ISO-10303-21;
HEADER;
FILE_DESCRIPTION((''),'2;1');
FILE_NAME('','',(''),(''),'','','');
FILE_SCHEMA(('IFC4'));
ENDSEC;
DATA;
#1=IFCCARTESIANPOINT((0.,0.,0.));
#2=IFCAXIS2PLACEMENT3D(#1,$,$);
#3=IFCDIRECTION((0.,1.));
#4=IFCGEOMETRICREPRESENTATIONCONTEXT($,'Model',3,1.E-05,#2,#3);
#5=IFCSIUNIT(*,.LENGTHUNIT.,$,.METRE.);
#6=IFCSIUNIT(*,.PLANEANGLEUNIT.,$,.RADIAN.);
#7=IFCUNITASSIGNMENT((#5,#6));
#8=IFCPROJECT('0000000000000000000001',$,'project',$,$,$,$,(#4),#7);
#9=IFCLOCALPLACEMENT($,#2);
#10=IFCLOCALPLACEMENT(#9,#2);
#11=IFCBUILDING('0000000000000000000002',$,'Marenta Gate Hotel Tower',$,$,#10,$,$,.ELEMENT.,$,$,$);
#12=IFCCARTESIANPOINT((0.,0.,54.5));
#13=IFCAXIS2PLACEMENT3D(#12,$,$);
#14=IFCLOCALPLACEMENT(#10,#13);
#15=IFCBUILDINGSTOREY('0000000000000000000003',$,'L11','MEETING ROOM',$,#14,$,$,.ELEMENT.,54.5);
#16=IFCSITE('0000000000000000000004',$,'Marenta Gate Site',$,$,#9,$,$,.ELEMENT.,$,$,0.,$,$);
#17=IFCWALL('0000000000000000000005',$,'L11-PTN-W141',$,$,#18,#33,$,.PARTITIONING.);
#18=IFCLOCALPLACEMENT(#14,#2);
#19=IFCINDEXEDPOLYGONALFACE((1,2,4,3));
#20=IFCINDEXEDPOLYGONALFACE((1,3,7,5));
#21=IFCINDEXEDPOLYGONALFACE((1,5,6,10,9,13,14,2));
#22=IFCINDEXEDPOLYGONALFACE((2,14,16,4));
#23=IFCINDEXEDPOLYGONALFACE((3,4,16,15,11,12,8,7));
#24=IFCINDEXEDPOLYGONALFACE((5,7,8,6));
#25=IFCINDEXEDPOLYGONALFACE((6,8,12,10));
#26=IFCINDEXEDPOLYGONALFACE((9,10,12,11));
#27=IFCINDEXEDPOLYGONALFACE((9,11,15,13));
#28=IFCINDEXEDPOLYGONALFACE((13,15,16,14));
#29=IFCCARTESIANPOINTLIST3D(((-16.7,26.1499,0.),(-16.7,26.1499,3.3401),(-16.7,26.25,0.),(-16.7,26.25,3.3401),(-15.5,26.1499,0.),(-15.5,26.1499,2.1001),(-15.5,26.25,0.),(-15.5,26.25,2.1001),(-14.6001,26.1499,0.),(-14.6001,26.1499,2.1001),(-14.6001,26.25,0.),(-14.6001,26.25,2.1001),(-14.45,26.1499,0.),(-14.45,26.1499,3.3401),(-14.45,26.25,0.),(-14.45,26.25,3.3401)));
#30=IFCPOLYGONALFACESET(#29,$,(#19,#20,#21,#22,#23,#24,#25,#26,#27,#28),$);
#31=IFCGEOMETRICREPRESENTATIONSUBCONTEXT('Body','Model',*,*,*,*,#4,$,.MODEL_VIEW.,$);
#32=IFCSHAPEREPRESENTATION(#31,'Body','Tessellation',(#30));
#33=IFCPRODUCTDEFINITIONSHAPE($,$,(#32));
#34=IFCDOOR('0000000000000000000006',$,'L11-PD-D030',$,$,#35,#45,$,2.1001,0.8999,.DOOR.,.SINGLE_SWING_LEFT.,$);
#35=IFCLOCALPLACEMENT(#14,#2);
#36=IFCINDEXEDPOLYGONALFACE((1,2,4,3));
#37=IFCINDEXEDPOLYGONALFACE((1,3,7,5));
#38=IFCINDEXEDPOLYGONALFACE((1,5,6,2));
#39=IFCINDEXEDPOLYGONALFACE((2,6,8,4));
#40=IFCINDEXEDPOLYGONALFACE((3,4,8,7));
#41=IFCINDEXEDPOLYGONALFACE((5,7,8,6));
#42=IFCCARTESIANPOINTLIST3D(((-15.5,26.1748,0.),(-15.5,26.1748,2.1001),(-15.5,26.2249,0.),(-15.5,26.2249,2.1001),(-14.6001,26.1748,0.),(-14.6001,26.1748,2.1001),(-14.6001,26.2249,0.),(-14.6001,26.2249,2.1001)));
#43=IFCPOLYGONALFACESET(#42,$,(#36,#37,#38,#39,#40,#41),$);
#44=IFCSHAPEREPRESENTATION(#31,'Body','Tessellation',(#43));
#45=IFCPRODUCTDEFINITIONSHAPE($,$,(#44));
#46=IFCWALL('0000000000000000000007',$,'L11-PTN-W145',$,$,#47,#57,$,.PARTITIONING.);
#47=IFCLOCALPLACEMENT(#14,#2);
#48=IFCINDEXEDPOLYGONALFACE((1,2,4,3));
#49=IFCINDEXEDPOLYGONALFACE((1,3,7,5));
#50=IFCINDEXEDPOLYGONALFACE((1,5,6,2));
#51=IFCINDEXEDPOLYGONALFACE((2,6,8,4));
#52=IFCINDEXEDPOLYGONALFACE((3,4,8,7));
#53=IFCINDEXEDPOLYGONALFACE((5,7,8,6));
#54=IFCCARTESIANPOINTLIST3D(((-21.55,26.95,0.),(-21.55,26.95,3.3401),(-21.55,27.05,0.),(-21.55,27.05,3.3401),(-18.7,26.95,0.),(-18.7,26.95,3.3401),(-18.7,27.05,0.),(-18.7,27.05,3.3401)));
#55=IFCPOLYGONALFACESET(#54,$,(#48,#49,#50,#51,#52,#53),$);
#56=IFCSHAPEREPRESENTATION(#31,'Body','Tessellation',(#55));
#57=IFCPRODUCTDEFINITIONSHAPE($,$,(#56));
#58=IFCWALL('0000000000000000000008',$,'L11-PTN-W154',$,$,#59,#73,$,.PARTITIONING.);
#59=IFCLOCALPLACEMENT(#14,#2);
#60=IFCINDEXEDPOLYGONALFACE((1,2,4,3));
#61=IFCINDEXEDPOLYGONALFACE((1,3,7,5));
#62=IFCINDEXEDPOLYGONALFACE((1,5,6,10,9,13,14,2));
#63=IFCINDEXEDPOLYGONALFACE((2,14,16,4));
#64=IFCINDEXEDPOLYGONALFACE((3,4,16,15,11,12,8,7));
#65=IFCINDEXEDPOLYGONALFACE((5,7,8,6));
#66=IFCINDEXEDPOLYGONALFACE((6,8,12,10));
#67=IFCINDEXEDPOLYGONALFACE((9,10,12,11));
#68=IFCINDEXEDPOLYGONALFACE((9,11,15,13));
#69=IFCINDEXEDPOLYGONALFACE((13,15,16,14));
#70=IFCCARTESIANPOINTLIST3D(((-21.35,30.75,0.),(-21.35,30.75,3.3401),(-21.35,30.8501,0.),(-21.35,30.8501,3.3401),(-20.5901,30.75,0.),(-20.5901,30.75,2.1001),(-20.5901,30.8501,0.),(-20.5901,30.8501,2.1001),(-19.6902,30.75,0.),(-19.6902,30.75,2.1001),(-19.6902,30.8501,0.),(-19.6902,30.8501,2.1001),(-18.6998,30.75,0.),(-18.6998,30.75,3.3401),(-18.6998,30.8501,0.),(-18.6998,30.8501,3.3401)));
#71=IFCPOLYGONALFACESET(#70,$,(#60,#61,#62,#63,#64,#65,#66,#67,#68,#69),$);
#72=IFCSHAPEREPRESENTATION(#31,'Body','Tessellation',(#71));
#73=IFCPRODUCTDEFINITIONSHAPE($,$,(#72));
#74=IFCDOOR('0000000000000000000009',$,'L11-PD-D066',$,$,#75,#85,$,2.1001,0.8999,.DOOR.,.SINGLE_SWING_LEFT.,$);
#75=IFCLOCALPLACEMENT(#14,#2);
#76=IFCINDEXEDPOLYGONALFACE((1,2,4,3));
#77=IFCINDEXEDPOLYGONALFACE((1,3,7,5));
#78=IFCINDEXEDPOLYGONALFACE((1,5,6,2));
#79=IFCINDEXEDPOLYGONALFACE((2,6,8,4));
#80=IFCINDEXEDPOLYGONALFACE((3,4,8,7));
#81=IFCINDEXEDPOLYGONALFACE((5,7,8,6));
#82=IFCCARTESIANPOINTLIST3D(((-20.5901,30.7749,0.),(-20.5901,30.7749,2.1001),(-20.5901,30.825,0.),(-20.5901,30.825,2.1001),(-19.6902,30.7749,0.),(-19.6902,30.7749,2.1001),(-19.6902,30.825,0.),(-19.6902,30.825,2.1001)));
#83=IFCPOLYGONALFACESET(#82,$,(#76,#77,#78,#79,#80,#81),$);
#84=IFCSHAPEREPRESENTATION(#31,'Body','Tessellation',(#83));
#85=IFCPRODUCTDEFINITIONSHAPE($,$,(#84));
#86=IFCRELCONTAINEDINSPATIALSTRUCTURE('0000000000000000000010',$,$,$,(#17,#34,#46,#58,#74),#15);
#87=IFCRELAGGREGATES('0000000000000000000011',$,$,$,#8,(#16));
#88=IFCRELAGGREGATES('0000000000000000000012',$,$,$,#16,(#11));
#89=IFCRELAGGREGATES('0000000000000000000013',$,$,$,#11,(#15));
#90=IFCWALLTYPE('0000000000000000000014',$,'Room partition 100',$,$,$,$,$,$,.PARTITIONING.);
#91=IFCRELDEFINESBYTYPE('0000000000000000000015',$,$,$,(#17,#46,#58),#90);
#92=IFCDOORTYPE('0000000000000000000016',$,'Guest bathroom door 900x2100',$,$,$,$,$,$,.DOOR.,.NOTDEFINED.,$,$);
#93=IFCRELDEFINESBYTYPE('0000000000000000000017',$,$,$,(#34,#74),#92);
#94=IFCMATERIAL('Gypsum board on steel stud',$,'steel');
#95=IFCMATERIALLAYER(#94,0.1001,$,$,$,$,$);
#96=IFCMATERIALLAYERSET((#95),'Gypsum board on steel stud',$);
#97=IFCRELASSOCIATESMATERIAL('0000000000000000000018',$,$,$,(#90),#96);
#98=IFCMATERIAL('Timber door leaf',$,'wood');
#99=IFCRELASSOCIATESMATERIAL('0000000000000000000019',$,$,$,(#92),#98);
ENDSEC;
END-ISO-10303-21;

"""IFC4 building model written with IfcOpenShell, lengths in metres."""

from ifc_helpers import new_model, si_unit, direction, frame, frame_2d, origin, place, context, subcontext, project, spatial, rectangle, extrude, material, layer, layer_set, type_object, element, fill, save


model = new_model("IFC4")

# Units and contexts
model_context = context("Model", 3, precision=1e-05, world=origin(), true_north=direction((0.0, 1.0)))
body_context = subcontext(model_context, "Body", "Model", "MODEL_VIEW")
ifc_project = project(units=[si_unit("LENGTHUNIT", "METRE"), si_unit("PLANEANGLEUNIT", "RADIAN")], contexts=[model_context])

# Site, building, storey
site_placement = place(None, origin())
site = spatial("IfcSite", under=ifc_project, at=site_placement, Name="Marenta Gate Site", CompositionType="ELEMENT", RefElevation=0.0)
building_placement = place(site_placement, origin())
building = spatial("IfcBuilding", under=site, at=building_placement, Name="Marenta Gate Hotel Tower", CompositionType="ELEMENT")
storey_placement = place(building_placement, frame((0.0, 0.0, 54.5)))
storey = spatial("IfcBuildingStorey", under=building, at=storey_placement, Name="L11", Description="MEETING ROOM", CompositionType="ELEMENT", Elevation=54.5)

# Shared definitions
ifc_material_1 = material(Name="Gypsum board on steel stud", Category="steel")
ifc_layer_1 = layer(ifc_material_1, 0.1001)
ifc_layer_set_1 = layer_set([ifc_layer_1], Name="Gypsum board on steel stud")
wall_type_1 = type_object("IfcWallType", Name="Room partition 100", PredefinedType="PARTITIONING", material=ifc_layer_set_1)

# Shared definitions
ifc_material_2 = material(Name="Timber door leaf", Category="wood")
door_type_1 = type_object("IfcDoorType", Name="Guest bathroom door 900x2100", OperationType="NOTDEFINED", PredefinedType="DOOR", material=ifc_material_2)

# Wall, opening, door
wall_1_placement = place(storey_placement, frame((-16.7, 26.2, 0.0), z_axis=(0.0, 0.0, 1.0), x_axis=(1.0, 0.0, 0.0)))
wall_1 = element("IfcWall", 1, at=wall_1_placement, inside=storey, type_object=wall_type_1, Name="L11-PTN-W141", PredefinedType="PARTITIONING", context=body_context, shape_type="SweptSolid", body=[
    extrude(rectangle(XDim=2.25, YDim=0.1001, at=frame_2d((1.125, 0.0))), origin(), (0.0, 0.0, 1.0), 3.3401),
])
opening_1_placement = place(wall_1_placement, frame((1.2, 0.0, 0.0)))
opening_1 = element("IfcOpeningElement", 2, at=opening_1_placement, cuts=wall_1, PredefinedType="OPENING", context=body_context, shape_type="SweptSolid", body=[
    extrude(rectangle(XDim=0.8999, YDim=2.1001, at=frame_2d((0.45, 1.05))), frame((0.0, 0.05, 0.0), z_axis=(0.0, -1.0, 0.0), x_axis=(1.0, 0.0, 0.0)), (0.0, 0.0, 1.0), 0.1001),
])
door_1_placement = place(opening_1_placement, origin())
door_1 = element("IfcDoor", 3, at=door_1_placement, inside=storey, type_object=door_type_1, Name="L11-PD-D030", OperationType="SINGLE_SWING_LEFT", OverallHeight=2.1001, OverallWidth=0.8999, PredefinedType="DOOR", context=body_context, shape_type="SweptSolid", body=[
    extrude(rectangle(XDim=0.8999, YDim=2.1001, at=frame_2d((0.45, 1.05))), frame((0.0, 0.0249, 0.0), z_axis=(0.0, -1.0, 0.0), x_axis=(1.0, 0.0, 0.0)), (0.0, 0.0, 1.0), 0.05),
])
fill(opening_1, door_1)

# Wall
wall_2_placement = place(storey_placement, frame((-21.55, 27.0, 0.0), z_axis=(0.0, 0.0, 1.0), x_axis=(1.0, 0.0, 0.0)))
element("IfcWall", 4, at=wall_2_placement, inside=storey, type_object=wall_type_1, Name="L11-PTN-W145", PredefinedType="PARTITIONING", context=body_context, shape_type="SweptSolid", body=[
    extrude(rectangle(XDim=2.8501, YDim=0.1001, at=frame_2d((1.425, 0.0))), origin(), (0.0, 0.0, 1.0), 3.3401),
])

# Wall, opening, door
wall_3_placement = place(storey_placement, frame((-21.3501, 30.8, 0.0), z_axis=(0.0, 0.0, 1.0), x_axis=(1.0, 0.0, 0.0)))
wall_3 = element("IfcWall", 5, at=wall_3_placement, inside=storey, type_object=wall_type_1, Name="L11-PTN-W154", PredefinedType="PARTITIONING", context=body_context, shape_type="SweptSolid", body=[
    extrude(rectangle(XDim=2.6501, YDim=0.1001, at=frame_2d((1.3252, 0.0))), origin(), (0.0, 0.0, 1.0), 3.3401),
])
opening_2_placement = place(wall_3_placement, frame((0.76, 0.0, 0.0)))
opening_2 = element("IfcOpeningElement", 6, at=opening_2_placement, cuts=wall_3, PredefinedType="OPENING", context=body_context, shape_type="SweptSolid", body=[
    extrude(rectangle(XDim=0.8999, YDim=2.1001, at=frame_2d((0.45, 1.05))), frame((0.0, 0.05, 0.0), z_axis=(0.0, -1.0, 0.0), x_axis=(1.0, 0.0, 0.0)), (0.0, 0.0, 1.0), 0.1001),
])
door_2_placement = place(opening_2_placement, origin())
door_2 = element("IfcDoor", 7, at=door_2_placement, inside=storey, type_object=door_type_1, Name="L11-PD-D066", OperationType="SINGLE_SWING_LEFT", OverallHeight=2.1001, OverallWidth=0.8999, PredefinedType="DOOR", context=body_context, shape_type="SweptSolid", body=[
    extrude(rectangle(XDim=0.8999, YDim=2.1001, at=frame_2d((0.45, 1.05))), frame((0.0, 0.0249, 0.0), z_axis=(0.0, -1.0, 0.0), x_axis=(1.0, 0.0, 0.0)), (0.0, 0.0, 1.0), 0.05),
])
fill(opening_2, door_2)

save(model, "model.ifc")
